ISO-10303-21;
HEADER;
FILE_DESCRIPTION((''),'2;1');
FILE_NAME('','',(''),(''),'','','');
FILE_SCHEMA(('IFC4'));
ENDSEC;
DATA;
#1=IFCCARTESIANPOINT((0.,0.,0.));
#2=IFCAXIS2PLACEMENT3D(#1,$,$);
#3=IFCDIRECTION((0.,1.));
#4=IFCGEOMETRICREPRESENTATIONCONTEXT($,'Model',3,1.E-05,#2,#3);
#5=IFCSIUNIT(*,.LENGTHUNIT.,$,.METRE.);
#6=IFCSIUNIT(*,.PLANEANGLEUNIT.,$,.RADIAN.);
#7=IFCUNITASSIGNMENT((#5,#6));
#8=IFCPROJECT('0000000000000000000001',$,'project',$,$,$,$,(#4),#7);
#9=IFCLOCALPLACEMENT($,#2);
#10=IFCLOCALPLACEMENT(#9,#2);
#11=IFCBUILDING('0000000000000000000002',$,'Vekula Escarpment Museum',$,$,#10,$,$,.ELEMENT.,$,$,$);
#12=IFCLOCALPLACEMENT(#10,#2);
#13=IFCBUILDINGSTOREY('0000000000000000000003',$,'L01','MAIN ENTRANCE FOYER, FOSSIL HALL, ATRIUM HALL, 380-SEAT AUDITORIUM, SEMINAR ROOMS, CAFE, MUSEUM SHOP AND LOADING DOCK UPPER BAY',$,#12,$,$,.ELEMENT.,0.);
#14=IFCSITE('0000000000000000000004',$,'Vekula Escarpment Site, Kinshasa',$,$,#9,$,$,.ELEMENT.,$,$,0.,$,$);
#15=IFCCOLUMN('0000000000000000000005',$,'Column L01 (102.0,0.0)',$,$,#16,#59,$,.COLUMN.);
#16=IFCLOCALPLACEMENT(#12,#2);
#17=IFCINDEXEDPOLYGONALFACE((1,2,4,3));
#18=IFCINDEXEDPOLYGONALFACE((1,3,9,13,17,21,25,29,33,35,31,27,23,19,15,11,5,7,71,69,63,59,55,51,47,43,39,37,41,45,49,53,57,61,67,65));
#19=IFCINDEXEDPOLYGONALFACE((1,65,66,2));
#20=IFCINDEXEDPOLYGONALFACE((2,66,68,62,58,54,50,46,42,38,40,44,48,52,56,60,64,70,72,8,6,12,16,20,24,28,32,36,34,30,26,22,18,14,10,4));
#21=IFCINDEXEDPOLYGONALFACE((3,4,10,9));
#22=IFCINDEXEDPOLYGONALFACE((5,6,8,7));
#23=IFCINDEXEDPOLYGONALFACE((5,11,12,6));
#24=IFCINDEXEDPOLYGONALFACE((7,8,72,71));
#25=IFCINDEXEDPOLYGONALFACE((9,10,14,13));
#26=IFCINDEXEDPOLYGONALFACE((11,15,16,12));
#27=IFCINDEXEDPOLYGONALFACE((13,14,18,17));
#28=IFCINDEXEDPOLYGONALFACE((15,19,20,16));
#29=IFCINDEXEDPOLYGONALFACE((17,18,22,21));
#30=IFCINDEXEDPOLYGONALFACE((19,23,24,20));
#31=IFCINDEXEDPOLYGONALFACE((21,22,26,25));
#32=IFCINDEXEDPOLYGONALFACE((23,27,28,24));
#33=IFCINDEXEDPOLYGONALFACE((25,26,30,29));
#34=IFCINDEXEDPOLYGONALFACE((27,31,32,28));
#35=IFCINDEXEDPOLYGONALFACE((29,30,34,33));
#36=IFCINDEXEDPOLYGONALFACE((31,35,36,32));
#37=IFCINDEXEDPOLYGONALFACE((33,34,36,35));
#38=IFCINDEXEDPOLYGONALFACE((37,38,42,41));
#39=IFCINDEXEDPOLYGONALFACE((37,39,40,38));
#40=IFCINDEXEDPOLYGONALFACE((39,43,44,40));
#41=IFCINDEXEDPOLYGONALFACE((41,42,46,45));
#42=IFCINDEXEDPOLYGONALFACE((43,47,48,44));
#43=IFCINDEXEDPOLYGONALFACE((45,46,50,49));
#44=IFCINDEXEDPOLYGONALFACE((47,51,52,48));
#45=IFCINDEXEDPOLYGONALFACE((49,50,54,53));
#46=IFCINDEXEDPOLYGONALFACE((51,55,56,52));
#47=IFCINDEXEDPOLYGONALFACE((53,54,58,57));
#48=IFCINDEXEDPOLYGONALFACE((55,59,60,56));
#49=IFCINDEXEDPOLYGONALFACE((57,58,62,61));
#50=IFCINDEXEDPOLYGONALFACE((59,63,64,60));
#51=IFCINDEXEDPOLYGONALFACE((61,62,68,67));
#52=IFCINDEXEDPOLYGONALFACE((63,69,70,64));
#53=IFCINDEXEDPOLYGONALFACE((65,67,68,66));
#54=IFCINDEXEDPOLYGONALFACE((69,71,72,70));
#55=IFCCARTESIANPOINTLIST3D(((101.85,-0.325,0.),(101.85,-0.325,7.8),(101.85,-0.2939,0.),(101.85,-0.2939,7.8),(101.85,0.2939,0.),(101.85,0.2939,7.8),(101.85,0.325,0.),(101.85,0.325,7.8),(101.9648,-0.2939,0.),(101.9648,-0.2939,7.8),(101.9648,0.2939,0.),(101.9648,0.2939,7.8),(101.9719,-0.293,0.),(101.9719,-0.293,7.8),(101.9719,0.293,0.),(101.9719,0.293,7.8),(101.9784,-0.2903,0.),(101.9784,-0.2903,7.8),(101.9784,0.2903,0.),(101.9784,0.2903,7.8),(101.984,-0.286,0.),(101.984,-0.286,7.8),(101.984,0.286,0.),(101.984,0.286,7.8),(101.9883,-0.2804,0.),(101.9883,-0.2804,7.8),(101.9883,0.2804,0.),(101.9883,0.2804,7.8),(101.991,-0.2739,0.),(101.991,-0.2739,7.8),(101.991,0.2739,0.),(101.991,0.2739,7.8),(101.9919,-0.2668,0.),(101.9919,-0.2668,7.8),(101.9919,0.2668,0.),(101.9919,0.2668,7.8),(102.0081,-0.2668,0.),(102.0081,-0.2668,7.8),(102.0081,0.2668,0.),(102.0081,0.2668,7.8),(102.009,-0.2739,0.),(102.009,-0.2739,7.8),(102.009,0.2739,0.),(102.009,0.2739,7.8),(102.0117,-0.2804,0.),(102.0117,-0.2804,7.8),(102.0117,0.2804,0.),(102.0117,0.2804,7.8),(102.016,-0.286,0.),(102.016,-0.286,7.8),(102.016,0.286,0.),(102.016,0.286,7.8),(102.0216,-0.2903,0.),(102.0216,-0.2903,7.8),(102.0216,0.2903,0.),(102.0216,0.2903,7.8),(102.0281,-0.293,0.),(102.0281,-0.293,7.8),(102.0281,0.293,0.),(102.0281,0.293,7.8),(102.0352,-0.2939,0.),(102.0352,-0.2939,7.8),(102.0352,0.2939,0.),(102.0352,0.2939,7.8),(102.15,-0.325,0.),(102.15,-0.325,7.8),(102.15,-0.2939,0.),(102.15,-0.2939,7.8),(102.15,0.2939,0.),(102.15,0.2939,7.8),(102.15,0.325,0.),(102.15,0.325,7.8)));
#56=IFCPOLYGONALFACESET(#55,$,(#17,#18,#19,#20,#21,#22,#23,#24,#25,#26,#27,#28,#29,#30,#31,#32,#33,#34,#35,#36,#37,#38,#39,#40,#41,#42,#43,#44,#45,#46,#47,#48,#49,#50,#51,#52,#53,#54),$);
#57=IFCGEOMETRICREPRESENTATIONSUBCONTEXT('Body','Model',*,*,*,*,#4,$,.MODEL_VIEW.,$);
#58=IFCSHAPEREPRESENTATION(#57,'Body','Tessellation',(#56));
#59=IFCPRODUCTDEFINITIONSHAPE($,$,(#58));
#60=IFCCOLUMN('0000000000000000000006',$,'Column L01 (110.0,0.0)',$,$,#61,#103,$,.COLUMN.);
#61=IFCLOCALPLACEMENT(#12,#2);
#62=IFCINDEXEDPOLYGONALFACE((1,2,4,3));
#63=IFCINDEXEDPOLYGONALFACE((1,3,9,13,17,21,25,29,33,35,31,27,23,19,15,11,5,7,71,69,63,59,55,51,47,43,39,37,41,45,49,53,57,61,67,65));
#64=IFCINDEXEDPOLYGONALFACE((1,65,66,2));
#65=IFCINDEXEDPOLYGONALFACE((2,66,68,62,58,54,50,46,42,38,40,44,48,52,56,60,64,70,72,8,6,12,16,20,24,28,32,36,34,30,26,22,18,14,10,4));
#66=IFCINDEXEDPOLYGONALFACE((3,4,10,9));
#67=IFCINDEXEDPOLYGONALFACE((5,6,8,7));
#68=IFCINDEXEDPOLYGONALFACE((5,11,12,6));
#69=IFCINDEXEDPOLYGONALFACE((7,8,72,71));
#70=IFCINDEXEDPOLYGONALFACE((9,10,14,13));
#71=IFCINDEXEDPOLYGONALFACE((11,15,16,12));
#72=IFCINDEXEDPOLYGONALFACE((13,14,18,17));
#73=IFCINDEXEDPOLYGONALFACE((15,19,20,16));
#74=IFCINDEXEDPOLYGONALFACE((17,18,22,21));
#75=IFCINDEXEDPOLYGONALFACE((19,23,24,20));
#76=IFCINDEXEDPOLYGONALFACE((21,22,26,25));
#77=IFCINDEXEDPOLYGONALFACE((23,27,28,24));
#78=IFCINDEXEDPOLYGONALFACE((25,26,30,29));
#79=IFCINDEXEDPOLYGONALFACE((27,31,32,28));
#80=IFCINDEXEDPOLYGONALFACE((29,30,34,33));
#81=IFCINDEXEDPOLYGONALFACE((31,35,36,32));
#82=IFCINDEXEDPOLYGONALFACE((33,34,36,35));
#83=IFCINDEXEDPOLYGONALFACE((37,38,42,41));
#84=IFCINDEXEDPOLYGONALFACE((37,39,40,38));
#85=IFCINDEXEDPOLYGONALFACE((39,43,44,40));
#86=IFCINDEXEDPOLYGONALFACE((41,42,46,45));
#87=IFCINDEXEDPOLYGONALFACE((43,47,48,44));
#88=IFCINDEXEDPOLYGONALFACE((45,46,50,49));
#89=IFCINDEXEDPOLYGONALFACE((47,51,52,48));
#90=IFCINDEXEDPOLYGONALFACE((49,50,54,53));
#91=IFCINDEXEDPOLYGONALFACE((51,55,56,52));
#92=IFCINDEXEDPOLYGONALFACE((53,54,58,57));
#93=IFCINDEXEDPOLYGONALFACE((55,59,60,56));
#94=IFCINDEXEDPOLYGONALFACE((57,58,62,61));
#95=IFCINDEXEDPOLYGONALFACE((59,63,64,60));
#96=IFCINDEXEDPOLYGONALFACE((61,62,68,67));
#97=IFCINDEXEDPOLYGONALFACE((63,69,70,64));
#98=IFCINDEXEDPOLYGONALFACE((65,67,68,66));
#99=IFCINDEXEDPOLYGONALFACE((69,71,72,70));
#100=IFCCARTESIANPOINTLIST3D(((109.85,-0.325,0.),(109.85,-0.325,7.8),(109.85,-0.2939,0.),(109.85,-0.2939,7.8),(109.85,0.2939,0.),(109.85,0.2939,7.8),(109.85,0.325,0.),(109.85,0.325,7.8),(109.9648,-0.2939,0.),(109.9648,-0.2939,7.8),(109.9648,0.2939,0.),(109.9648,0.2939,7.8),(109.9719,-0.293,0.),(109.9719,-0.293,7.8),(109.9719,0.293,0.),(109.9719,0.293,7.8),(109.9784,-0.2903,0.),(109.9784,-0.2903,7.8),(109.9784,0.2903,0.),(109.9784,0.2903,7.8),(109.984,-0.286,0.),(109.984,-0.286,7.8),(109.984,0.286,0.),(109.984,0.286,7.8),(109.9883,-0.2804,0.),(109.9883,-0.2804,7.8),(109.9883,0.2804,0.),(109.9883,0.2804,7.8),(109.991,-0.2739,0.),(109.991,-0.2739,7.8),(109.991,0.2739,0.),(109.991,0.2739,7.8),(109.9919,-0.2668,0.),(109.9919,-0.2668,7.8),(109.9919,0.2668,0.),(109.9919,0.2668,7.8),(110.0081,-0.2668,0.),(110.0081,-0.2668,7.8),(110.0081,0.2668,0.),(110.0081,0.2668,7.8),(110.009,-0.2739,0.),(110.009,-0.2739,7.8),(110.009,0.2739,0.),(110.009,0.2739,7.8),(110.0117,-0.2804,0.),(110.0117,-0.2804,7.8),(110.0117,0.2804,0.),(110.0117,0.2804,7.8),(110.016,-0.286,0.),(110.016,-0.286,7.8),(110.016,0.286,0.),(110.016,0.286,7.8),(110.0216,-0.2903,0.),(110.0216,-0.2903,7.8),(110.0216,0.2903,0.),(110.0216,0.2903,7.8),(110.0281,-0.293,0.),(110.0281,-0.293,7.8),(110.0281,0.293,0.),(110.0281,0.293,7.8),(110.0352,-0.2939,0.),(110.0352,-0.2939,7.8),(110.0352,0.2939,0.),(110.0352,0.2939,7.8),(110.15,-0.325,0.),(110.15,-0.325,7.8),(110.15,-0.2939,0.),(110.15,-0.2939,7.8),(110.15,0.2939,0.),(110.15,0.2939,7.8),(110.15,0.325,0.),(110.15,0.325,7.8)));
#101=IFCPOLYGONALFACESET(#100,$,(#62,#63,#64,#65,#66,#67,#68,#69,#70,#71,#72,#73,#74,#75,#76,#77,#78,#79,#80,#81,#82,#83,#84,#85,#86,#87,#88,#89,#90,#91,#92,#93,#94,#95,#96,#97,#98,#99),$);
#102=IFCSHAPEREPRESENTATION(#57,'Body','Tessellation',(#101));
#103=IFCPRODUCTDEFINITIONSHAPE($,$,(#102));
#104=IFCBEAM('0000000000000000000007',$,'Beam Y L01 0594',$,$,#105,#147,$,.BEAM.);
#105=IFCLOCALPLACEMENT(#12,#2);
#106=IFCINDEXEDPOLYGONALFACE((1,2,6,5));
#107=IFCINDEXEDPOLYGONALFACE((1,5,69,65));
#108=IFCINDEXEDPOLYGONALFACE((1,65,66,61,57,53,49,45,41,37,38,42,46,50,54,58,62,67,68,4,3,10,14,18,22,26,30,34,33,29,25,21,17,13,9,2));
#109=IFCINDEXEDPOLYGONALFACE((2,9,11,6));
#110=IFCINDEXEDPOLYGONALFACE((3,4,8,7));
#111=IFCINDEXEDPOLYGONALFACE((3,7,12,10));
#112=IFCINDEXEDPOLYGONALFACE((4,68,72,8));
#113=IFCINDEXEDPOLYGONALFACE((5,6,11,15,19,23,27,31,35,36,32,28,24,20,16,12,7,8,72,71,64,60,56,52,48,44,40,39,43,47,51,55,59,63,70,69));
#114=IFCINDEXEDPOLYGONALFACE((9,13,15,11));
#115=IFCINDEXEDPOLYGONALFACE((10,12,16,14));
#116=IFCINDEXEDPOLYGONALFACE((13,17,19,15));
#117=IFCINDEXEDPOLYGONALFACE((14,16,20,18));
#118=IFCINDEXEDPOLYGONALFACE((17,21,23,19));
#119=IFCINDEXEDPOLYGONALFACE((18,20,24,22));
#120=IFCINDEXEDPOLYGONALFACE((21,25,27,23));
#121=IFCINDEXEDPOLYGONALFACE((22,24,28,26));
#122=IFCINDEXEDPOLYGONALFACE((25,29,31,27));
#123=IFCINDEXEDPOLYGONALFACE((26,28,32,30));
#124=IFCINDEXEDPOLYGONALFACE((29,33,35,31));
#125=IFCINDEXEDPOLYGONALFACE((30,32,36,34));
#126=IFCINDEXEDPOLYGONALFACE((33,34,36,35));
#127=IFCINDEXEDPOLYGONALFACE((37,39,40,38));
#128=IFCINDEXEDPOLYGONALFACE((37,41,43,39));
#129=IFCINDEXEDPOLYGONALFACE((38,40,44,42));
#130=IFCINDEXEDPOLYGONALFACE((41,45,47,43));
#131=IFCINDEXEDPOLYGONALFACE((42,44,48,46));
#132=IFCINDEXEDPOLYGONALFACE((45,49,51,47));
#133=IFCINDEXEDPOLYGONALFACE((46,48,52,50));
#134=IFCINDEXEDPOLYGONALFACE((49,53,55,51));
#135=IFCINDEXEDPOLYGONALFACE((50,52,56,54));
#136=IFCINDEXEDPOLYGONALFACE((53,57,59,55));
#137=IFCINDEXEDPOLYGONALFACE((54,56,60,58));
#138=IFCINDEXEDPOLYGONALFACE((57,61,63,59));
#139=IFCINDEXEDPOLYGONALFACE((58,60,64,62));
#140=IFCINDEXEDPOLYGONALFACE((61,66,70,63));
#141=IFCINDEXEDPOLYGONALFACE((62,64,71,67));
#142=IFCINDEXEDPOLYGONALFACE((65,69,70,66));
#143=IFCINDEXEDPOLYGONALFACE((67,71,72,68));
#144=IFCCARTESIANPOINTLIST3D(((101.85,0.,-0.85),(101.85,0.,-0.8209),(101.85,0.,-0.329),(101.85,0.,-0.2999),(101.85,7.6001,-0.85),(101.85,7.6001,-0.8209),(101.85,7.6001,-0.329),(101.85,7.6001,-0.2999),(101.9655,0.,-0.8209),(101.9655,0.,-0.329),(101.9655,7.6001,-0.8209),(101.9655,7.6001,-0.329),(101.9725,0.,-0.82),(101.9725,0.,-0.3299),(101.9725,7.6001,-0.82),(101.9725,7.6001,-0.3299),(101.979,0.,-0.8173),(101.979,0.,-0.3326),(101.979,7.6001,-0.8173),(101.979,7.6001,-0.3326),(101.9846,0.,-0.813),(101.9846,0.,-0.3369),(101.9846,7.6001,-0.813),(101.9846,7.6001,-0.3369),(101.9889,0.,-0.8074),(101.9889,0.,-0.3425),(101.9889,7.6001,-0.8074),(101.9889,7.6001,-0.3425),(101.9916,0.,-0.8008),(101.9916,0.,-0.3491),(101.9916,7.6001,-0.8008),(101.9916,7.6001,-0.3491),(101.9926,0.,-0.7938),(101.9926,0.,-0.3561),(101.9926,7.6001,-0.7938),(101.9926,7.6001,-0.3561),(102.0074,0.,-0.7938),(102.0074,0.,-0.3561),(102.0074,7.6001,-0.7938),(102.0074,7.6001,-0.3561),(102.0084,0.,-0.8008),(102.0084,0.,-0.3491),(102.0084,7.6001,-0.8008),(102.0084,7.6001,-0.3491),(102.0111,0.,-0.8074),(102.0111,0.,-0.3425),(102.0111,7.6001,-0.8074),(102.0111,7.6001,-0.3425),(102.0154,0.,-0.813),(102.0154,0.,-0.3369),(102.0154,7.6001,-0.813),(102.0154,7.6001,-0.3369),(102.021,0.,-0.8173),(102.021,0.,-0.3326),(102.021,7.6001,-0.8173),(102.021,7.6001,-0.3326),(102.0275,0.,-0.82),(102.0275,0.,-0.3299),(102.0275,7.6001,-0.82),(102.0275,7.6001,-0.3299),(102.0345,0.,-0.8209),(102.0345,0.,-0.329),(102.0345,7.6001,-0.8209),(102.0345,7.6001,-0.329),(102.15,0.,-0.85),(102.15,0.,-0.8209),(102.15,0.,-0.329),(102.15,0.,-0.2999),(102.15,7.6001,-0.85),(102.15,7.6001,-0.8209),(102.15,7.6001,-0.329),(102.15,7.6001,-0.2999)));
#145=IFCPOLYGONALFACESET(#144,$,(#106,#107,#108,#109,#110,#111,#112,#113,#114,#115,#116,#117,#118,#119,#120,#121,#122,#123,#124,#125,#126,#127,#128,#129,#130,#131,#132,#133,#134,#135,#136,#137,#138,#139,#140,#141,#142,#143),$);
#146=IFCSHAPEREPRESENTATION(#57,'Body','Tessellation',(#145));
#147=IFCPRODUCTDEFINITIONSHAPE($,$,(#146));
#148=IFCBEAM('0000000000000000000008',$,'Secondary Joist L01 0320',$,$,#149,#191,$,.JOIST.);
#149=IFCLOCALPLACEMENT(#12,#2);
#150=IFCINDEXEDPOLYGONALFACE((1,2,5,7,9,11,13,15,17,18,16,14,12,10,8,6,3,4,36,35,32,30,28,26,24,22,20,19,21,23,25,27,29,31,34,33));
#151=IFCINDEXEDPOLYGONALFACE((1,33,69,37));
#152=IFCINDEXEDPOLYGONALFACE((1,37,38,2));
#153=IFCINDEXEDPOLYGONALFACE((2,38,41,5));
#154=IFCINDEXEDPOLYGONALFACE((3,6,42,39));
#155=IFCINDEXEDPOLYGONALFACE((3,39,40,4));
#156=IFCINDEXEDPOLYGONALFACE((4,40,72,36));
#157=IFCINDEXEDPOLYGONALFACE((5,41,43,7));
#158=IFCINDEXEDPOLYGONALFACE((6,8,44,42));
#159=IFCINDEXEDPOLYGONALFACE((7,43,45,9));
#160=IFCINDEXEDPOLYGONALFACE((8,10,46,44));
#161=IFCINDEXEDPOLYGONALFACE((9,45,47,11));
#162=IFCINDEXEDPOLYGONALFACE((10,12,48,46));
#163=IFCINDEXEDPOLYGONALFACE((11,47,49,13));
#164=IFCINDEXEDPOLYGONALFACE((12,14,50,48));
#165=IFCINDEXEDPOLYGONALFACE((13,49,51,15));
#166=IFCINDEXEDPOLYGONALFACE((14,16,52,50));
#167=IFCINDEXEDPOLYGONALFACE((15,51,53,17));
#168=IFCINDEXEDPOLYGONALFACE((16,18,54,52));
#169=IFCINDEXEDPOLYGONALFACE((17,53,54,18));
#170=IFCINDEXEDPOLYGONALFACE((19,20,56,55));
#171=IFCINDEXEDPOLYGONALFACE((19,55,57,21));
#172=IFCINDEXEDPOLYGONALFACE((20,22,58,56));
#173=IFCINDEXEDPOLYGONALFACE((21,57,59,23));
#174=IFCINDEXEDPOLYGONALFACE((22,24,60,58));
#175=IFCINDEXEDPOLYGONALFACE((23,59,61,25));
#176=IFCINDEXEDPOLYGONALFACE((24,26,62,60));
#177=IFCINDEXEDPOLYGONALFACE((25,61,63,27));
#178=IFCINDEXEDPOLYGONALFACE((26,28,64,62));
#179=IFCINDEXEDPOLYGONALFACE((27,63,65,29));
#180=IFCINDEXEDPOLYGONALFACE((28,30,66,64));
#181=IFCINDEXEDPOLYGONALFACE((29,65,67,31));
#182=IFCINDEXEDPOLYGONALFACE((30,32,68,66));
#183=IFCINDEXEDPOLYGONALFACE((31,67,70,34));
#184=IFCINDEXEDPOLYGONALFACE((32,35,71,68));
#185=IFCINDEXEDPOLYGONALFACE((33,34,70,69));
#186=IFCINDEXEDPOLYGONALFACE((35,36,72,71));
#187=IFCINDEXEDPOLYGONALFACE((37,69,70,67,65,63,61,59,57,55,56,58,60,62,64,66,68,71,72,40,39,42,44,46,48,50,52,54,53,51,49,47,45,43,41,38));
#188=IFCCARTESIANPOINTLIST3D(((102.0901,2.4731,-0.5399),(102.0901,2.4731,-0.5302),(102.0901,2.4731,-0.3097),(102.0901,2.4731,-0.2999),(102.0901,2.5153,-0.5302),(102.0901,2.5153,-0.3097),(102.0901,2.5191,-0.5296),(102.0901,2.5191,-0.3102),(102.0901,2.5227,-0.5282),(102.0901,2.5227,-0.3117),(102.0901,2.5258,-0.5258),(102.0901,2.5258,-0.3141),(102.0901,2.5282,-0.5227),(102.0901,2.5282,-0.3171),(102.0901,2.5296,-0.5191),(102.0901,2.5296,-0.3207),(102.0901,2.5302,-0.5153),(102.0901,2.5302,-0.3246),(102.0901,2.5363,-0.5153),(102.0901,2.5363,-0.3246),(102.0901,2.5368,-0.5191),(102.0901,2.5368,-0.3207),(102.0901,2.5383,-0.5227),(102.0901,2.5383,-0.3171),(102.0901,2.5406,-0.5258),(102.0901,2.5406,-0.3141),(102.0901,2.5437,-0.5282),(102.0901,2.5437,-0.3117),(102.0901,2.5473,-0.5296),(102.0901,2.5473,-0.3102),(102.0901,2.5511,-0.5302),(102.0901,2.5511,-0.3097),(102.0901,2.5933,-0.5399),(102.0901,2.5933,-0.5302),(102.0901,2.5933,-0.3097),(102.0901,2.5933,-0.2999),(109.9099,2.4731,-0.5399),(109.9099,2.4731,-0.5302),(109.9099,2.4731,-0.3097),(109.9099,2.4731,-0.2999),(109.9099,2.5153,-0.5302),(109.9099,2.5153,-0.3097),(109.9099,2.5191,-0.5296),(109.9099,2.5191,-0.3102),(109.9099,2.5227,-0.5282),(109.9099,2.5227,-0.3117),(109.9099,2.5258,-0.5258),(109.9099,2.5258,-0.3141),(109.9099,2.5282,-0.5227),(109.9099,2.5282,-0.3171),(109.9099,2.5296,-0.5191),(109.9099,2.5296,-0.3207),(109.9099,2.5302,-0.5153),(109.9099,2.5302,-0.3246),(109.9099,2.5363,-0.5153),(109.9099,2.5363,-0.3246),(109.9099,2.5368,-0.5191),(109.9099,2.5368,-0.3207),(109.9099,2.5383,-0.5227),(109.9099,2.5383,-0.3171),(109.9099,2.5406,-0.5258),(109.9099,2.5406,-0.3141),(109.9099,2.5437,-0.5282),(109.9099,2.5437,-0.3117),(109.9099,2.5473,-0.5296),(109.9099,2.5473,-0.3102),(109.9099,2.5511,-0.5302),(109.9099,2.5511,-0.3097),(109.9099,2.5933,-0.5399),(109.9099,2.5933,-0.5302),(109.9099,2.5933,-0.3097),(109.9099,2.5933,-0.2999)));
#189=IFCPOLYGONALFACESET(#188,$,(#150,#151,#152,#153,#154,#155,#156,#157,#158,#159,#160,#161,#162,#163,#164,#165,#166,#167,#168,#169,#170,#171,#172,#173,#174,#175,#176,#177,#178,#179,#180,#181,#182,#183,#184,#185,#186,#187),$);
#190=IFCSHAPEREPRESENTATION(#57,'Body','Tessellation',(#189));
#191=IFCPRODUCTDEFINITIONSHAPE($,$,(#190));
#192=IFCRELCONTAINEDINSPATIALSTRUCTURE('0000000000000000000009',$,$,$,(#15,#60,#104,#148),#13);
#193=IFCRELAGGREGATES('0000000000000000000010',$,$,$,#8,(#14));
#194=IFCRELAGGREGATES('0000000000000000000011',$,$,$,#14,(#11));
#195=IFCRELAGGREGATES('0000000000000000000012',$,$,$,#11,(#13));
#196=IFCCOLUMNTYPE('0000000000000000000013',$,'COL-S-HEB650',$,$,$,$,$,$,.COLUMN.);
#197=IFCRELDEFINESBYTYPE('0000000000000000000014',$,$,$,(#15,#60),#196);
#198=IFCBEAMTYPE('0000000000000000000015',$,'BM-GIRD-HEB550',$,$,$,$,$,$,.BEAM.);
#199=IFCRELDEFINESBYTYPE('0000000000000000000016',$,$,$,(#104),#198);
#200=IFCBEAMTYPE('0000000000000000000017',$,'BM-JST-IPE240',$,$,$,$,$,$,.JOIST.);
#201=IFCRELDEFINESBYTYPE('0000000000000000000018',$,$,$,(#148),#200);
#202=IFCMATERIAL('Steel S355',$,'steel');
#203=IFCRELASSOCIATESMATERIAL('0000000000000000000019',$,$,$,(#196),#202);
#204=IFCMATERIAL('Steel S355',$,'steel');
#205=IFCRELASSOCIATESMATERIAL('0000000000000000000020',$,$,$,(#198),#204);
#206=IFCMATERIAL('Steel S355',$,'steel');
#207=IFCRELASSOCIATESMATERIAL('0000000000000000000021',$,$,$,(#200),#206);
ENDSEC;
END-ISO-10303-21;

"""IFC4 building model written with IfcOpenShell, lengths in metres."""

from ifc_helpers import new_model, si_unit, direction, frame, origin, origin_2d, place, context, subcontext, project, spatial, i_section, extrude, material, material_profile, profile_set, type_object, element, save


model = new_model("IFC4")

# Units and contexts
model_context = context("Model", 3, precision=1e-05, world=origin(), true_north=direction((0.0, 1.0)))
body_context = subcontext(model_context, "Body", "Model", "MODEL_VIEW")
ifc_project = project(units=[si_unit("LENGTHUNIT", "METRE"), si_unit("PLANEANGLEUNIT", "RADIAN")], contexts=[model_context])

# Site, building, storey
site_placement = place(None, origin())
site = spatial("IfcSite", under=ifc_project, at=site_placement, Name="Vekula Escarpment Site, Kinshasa", CompositionType="ELEMENT", RefElevation=0.0)
building_placement = place(site_placement, origin())
building = spatial("IfcBuilding", under=site, at=building_placement, Name="Vekula Escarpment Museum", CompositionType="ELEMENT")
storey_placement = place(building_placement, origin())
storey = spatial("IfcBuildingStorey", under=building, at=storey_placement, Name="L01", Description="MAIN ENTRANCE FOYER, FOSSIL HALL, ATRIUM HALL, 380-SEAT AUDITORIUM, SEMINAR ROOMS, CAFE, MUSEUM SHOP AND LOADING DOCK UPPER BAY", CompositionType="ELEMENT", Elevation=0.0)

# Columns
ifc_material_1 = material(Name="Steel S355", Category="steel")
ifc_material_profile_1 = material_profile(ifc_material_1, i_section(OverallWidth=0.3, OverallDepth=0.6499, WebThickness=0.0161, FlangeThickness=0.031, FilletRadius=0.0271, at=origin_2d()), Name="HEB 650")
ifc_profile_set_1 = profile_set([ifc_material_profile_1], Name="Steel S355")
column_type = type_object("IfcColumnType", Name="COL-S-HEB650", PredefinedType="COLUMN", material=ifc_profile_set_1)
for number, where, z_axis, x_axis, name in (
    (1, (102.0, 0.0, 0.0), (0.0, 0.0, 1.0), (1.0, 0.0, 0.0), "Column L01 (102.0,0.0)"),
    (2, (110.0, 0.0, 0.0), (0.0, 0.0, 1.0), (1.0, 0.0, 0.0), "Column L01 (110.0,0.0)"),
):
    element("IfcColumn", number, at=place(storey_placement, frame(where, z_axis=z_axis, x_axis=x_axis)), inside=storey, type_object=column_type, Name=name, PredefinedType="COLUMN", context=body_context, shape_type="SweptSolid", body=[
        extrude(i_section(OverallWidth=0.3, OverallDepth=0.6499, WebThickness=0.0161, FlangeThickness=0.031, FilletRadius=0.0271, at=origin_2d()), origin(), (0.0, 0.0, 1.0), 7.8),
    ])

# Beams
ifc_material_2 = material(Name="Steel S355", Category="steel")
ifc_material_profile_2 = material_profile(ifc_material_2, i_section(OverallWidth=0.3, OverallDepth=0.55, WebThickness=0.0149, FlangeThickness=0.0291, FilletRadius=0.0271, at=origin_2d()), Name="HEB 550")
ifc_profile_set_2 = profile_set([ifc_material_profile_2], Name="Steel S355")
beam_type_1 = type_object("IfcBeamType", Name="BM-GIRD-HEB550", PredefinedType="BEAM", material=ifc_profile_set_2)
beam_1_placement = place(storey_placement, frame((102.0, 0.0, -0.575), z_axis=(0.0, 1.0, 0.0), x_axis=(-1.0, 0.0, 0.0)))
element("IfcBeam", 3, at=beam_1_placement, inside=storey, type_object=beam_type_1, Name="Beam Y L01 0594", PredefinedType="BEAM", context=body_context, shape_type="SweptSolid", body=[
    extrude(i_section(OverallWidth=0.3, OverallDepth=0.55, WebThickness=0.0149, FlangeThickness=0.0291, FilletRadius=0.0271, at=origin_2d()), origin(), (0.0, 0.0, 1.0), 7.6001),
])
ifc_material_3 = material(Name="Steel S355", Category="steel")
ifc_material_profile_3 = material_profile(ifc_material_3, i_section(OverallWidth=0.1201, OverallDepth=0.24, WebThickness=0.0061, FlangeThickness=0.0098, FilletRadius=0.0149, at=origin_2d()), Name="IPE 240")
ifc_profile_set_3 = profile_set([ifc_material_profile_3], Name="Steel S355")
beam_type_2 = type_object("IfcBeamType", Name="BM-JST-IPE240", PredefinedType="JOIST", material=ifc_profile_set_3)
for number, where, z_axis, x_axis, name in (
    (4, (102.0901, 2.5332, -0.4199), (1.0, 0.0, 0.0), (0.0, 1.0, 0.0), "Secondary Joist L01 0320"),
):
    element("IfcBeam", number, at=place(storey_placement, frame(where, z_axis=z_axis, x_axis=x_axis)), inside=storey, type_object=beam_type_2, Name=name, PredefinedType="JOIST", context=body_context, shape_type="SweptSolid", body=[
        extrude(i_section(OverallWidth=0.1201, OverallDepth=0.24, WebThickness=0.0061, FlangeThickness=0.0098, FilletRadius=0.0149, at=origin_2d()), origin(), (0.0, 0.0, 1.0), 7.8198),
    ])

save(model, "model.ifc")
